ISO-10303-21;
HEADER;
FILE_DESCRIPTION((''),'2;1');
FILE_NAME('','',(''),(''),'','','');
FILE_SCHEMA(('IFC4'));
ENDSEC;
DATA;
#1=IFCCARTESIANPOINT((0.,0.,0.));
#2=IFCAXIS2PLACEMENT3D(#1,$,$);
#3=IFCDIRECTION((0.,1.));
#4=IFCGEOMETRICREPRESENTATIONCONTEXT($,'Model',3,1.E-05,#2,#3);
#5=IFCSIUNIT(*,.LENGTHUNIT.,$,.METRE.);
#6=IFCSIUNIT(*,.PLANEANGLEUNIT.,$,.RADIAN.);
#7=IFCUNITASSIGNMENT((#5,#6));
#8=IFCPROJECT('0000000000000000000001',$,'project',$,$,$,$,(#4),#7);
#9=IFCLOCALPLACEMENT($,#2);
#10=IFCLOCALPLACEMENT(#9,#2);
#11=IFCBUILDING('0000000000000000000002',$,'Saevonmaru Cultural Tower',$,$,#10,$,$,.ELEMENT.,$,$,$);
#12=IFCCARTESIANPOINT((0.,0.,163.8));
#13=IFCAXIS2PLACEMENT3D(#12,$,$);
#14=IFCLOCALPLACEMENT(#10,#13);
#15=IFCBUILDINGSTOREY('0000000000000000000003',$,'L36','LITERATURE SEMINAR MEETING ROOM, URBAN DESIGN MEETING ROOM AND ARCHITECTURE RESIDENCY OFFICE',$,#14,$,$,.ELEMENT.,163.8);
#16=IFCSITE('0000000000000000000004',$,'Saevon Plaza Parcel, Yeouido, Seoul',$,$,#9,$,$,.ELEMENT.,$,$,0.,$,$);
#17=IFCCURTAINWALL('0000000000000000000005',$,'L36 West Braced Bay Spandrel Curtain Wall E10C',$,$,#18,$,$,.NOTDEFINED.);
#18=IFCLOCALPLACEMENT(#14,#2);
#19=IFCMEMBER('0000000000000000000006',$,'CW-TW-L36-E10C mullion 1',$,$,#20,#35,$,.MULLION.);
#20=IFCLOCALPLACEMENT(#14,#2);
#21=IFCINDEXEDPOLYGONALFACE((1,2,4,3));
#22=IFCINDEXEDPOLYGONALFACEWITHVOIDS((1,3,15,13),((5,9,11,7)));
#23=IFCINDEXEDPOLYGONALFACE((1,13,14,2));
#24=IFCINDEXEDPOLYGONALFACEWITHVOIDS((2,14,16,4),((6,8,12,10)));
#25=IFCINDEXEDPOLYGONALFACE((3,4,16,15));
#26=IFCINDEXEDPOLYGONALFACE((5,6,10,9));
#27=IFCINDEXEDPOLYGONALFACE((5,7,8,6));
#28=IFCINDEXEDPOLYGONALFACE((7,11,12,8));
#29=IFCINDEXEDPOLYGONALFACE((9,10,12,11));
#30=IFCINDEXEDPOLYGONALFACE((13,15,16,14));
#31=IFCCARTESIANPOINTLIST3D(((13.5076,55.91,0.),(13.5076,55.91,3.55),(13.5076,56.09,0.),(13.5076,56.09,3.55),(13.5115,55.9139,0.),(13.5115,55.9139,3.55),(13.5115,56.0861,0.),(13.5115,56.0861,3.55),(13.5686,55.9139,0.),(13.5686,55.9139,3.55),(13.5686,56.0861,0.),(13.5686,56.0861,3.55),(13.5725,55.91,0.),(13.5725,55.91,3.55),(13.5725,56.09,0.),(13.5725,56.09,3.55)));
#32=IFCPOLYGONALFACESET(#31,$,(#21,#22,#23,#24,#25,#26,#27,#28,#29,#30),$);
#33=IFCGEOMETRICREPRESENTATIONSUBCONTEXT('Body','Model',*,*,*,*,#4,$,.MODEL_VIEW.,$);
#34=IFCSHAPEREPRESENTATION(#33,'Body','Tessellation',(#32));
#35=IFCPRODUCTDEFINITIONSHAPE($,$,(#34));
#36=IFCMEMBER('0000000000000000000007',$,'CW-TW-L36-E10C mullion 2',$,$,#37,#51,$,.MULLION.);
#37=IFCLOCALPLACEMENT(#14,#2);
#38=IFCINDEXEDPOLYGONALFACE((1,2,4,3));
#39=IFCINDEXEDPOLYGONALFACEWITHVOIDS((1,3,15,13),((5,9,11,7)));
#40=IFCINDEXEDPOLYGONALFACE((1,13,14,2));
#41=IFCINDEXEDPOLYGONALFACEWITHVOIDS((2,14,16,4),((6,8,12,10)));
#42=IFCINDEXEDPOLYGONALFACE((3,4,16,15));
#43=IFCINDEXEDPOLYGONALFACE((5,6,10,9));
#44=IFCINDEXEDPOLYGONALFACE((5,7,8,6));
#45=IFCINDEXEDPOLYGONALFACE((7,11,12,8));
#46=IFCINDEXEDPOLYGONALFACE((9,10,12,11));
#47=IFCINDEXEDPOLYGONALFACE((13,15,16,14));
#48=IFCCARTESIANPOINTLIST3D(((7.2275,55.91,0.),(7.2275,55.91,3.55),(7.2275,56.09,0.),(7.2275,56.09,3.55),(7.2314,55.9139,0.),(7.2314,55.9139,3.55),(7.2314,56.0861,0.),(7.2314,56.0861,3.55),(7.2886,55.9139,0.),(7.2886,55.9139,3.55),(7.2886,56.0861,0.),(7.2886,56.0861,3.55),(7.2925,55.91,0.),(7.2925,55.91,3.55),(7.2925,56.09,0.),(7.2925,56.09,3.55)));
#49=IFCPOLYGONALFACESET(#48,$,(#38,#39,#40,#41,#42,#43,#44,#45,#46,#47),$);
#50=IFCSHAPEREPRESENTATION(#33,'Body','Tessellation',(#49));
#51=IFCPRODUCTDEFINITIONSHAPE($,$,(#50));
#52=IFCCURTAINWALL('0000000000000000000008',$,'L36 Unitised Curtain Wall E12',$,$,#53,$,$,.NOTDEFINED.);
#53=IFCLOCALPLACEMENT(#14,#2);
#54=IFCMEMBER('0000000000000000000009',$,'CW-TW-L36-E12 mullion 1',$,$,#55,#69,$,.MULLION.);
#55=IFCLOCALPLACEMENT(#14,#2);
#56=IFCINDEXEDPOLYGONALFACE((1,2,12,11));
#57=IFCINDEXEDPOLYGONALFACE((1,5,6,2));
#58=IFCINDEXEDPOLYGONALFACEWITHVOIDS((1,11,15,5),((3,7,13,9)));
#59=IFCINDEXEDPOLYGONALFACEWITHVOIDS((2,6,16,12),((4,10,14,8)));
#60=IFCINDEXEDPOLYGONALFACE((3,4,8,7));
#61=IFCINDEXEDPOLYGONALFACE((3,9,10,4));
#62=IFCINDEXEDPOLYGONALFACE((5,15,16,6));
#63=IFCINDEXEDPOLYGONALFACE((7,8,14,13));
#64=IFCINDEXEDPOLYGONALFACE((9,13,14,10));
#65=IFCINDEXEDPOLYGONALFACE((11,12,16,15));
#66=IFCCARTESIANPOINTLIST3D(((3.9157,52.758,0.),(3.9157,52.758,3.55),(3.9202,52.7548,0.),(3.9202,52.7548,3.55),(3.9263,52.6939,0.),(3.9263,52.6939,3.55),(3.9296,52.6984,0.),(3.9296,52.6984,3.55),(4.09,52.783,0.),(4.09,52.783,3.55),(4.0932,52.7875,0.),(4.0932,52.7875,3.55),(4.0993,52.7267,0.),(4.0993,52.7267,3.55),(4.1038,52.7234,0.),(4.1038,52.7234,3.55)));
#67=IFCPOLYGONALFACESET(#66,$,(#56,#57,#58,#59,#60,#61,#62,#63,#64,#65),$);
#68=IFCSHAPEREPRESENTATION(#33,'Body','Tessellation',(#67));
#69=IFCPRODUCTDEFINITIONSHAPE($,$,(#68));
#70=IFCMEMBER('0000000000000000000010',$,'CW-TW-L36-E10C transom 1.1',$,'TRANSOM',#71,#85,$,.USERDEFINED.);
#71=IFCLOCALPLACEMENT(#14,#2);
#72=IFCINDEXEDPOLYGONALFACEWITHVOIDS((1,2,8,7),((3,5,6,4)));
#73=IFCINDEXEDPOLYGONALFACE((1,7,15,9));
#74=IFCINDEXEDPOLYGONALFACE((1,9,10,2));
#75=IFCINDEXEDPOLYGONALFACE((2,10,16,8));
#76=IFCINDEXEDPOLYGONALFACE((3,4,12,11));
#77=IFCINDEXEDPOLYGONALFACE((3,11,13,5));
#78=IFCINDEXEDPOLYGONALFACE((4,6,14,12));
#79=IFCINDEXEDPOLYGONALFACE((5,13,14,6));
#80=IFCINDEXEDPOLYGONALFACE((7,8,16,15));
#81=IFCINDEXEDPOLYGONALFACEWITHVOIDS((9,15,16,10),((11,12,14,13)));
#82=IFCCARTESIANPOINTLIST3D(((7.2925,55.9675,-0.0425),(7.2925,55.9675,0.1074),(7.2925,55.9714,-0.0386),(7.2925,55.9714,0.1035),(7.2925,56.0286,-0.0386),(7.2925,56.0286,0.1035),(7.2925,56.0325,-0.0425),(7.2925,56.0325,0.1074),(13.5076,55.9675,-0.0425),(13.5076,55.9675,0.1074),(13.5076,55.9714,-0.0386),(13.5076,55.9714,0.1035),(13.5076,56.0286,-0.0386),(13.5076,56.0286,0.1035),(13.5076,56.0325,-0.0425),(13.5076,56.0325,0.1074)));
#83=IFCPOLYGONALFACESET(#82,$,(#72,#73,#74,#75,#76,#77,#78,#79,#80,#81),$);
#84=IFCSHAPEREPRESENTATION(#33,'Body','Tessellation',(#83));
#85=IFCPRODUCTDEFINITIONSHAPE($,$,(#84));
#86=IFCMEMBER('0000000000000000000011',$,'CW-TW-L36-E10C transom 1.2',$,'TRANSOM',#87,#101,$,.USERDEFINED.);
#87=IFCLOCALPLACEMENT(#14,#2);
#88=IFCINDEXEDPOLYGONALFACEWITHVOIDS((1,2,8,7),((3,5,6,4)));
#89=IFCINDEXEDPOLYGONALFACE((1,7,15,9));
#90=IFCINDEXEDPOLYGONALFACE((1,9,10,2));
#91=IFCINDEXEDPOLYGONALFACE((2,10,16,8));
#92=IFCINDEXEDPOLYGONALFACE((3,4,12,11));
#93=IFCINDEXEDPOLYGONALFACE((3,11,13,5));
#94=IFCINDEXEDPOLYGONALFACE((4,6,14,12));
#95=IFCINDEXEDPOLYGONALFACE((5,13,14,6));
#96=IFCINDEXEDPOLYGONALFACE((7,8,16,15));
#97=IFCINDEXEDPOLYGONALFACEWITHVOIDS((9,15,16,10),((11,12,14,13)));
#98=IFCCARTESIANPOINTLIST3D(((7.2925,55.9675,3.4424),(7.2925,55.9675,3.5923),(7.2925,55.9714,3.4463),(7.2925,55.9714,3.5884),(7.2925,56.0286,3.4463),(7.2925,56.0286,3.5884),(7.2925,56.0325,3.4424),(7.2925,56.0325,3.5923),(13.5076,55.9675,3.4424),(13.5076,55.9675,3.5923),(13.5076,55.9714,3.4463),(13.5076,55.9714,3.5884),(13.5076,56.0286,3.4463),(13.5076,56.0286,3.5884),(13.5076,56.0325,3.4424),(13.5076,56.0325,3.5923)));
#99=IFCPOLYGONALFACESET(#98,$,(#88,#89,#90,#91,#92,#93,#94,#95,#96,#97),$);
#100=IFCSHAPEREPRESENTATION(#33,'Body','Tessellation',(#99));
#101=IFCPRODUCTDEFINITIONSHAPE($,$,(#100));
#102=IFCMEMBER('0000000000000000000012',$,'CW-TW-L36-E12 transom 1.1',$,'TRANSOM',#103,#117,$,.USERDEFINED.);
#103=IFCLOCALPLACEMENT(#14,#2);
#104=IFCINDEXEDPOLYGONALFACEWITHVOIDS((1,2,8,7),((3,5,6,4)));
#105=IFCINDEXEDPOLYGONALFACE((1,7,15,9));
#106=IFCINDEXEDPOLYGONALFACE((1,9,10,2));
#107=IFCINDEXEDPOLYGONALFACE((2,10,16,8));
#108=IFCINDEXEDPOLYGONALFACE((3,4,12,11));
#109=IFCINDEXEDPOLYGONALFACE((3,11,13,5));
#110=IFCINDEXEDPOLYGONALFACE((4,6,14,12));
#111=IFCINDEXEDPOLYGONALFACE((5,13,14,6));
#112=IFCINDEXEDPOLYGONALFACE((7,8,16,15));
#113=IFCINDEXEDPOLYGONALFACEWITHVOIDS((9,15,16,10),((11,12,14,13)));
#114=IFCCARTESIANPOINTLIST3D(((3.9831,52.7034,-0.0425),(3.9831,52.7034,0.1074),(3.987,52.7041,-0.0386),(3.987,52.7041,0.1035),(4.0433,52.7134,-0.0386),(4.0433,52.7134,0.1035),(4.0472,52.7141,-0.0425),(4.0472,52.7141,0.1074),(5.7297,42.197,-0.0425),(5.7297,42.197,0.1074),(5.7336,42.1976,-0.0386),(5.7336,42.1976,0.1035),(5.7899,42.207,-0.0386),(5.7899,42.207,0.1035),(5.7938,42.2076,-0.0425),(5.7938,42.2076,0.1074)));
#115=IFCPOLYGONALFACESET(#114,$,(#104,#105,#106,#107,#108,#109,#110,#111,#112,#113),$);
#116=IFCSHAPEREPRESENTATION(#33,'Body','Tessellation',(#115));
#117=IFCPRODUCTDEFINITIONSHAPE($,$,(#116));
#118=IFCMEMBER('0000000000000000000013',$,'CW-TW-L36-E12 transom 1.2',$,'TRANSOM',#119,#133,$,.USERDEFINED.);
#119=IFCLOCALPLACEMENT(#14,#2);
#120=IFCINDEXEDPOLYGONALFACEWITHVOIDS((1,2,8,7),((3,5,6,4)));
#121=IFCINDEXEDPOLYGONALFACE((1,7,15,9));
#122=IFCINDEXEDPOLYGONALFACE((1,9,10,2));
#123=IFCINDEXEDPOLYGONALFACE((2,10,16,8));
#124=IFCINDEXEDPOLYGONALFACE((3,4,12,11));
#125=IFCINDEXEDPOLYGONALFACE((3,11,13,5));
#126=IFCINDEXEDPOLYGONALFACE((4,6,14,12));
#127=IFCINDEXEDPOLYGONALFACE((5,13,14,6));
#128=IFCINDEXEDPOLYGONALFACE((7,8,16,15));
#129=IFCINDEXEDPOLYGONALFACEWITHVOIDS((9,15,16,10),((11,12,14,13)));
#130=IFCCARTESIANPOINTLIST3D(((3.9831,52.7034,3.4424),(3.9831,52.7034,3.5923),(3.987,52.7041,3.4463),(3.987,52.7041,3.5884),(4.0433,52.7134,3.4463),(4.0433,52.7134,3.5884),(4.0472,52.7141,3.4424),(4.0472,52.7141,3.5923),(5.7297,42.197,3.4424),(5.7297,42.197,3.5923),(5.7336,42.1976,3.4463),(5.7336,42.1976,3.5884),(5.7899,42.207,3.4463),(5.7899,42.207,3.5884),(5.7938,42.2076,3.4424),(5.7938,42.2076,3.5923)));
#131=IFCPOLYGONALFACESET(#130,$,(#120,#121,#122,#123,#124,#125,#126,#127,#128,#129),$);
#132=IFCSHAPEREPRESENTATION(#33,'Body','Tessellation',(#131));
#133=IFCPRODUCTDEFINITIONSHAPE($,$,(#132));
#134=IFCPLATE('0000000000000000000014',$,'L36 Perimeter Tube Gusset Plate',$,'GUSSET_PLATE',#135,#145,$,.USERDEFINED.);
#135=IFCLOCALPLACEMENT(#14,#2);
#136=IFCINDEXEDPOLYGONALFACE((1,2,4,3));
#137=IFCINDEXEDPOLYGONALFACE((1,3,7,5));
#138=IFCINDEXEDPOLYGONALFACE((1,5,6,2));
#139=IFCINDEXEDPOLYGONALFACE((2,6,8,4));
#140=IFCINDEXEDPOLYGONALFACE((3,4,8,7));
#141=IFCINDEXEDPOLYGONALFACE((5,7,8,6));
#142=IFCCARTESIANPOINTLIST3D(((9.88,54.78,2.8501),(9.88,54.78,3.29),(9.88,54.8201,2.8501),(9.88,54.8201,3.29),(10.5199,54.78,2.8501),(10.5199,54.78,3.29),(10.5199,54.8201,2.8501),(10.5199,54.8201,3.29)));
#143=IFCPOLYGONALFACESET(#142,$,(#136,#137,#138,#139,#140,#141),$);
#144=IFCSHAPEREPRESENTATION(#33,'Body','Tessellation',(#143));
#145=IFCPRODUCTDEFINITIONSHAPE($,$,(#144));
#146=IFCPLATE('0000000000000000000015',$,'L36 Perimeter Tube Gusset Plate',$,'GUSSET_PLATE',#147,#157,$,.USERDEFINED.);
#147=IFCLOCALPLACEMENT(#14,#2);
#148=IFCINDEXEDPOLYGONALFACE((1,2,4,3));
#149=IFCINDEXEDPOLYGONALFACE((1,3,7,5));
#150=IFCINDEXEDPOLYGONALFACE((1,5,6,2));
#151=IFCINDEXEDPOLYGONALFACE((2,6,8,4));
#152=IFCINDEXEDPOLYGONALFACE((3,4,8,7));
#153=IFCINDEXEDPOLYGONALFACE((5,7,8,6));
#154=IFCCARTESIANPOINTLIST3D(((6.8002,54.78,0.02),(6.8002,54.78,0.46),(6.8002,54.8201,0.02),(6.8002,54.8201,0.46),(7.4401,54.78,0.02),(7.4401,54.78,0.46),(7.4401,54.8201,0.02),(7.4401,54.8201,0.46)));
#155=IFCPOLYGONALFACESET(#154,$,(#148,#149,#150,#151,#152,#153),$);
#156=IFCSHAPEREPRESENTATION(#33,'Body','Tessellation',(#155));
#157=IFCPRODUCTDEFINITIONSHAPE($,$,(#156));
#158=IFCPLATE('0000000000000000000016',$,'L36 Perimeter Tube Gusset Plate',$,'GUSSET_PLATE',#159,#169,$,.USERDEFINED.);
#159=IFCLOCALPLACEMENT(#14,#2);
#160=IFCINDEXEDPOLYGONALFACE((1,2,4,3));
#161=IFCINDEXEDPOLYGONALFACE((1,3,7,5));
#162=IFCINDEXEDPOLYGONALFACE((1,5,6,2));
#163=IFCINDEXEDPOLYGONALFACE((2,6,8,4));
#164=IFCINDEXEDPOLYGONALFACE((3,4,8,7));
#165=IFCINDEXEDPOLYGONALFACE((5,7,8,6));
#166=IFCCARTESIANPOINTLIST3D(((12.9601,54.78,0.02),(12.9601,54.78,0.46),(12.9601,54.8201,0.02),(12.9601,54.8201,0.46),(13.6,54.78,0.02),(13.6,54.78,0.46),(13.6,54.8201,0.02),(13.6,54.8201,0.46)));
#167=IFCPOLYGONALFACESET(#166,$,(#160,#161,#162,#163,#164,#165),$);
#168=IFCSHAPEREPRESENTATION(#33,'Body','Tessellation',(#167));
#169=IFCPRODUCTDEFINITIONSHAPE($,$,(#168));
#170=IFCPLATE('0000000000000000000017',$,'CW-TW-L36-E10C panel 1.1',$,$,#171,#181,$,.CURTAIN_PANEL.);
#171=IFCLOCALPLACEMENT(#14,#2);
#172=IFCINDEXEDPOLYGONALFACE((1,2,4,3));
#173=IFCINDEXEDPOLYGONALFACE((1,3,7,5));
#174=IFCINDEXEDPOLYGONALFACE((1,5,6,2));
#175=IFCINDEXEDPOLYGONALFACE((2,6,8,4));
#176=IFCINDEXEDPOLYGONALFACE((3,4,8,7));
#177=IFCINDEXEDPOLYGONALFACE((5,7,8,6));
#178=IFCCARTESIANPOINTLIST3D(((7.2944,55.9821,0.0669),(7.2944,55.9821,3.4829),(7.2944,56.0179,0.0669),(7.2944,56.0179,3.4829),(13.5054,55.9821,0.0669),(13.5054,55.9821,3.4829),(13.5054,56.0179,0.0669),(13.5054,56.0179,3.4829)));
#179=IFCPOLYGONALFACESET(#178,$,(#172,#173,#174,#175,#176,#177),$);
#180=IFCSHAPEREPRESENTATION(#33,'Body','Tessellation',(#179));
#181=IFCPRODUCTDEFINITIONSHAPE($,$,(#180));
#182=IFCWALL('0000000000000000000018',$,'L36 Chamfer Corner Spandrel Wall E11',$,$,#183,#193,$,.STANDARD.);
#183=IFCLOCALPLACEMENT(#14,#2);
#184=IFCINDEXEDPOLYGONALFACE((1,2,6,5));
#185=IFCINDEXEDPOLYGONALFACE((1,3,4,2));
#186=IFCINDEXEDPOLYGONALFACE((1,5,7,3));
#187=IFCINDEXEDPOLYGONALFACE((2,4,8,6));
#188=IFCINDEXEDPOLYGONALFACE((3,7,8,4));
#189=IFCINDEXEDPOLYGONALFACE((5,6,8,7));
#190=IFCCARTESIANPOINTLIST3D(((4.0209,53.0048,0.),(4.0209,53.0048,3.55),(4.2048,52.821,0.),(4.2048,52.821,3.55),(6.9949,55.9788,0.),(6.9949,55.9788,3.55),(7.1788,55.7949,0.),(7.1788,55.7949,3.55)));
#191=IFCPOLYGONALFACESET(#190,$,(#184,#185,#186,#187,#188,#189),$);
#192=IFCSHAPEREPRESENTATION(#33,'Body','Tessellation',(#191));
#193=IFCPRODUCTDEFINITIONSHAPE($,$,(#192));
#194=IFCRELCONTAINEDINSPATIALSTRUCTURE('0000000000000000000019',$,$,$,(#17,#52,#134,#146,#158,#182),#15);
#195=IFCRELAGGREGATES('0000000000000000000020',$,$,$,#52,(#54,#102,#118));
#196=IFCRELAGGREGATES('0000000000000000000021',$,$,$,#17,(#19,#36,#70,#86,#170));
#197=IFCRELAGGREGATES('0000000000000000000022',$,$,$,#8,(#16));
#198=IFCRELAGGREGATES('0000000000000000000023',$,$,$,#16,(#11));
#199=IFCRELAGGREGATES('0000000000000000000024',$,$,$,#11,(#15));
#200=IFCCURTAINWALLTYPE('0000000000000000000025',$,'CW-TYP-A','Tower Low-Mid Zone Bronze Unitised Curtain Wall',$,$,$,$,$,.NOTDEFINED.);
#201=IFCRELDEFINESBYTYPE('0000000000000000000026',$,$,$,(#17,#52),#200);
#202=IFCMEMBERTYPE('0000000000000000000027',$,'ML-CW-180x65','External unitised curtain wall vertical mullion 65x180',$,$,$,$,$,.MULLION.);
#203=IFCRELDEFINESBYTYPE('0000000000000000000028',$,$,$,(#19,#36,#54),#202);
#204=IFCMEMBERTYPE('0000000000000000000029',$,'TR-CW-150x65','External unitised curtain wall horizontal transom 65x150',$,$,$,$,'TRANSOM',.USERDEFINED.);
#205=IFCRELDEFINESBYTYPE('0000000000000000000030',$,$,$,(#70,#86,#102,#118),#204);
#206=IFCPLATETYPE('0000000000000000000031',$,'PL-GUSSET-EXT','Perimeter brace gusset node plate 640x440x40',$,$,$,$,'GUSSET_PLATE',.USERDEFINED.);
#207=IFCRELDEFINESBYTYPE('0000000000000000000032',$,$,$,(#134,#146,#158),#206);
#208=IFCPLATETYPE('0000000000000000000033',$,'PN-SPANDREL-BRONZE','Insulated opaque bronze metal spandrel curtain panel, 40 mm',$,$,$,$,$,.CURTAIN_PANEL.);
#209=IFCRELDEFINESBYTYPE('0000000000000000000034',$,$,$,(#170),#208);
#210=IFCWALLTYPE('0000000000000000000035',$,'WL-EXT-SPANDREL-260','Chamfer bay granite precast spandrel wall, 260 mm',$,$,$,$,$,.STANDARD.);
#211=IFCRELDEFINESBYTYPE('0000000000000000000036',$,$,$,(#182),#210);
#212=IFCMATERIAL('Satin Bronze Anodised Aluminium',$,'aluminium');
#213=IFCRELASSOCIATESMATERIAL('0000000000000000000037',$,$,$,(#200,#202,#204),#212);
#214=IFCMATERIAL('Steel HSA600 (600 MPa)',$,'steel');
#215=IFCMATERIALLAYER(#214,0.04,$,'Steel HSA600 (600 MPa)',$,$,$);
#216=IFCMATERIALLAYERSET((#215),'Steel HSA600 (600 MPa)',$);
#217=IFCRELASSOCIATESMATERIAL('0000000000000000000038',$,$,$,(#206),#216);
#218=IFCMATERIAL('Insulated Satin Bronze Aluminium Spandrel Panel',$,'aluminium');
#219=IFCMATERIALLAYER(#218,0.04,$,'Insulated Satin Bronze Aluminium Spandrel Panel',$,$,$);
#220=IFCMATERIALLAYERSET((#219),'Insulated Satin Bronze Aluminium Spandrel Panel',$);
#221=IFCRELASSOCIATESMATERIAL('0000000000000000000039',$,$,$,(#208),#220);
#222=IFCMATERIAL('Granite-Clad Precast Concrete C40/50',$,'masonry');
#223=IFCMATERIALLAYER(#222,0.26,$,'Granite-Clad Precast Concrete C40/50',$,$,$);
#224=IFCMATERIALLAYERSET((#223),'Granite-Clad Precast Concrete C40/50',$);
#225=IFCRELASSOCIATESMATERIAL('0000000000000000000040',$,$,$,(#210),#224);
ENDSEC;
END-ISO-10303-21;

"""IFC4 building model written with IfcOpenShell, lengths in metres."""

from ifc_helpers import new_model, si_unit, direction, frame, frame_2d, origin, origin_2d, place, context, subcontext, project, spatial, rectangle, hollow_rectangle, extrude, material, layer, layer_set, material_profile, profile_set, type_object, element, aggregate, save


model = new_model("IFC4")

# Units and contexts
model_context = context("Model", 3, precision=1e-05, world=origin(), true_north=direction((0.0, 1.0)))
body_context = subcontext(model_context, "Body", "Model", "MODEL_VIEW")
ifc_project = project(units=[si_unit("LENGTHUNIT", "METRE"), si_unit("PLANEANGLEUNIT", "RADIAN")], contexts=[model_context])

# Site, building, storey
site_placement = place(None, origin())
site = spatial("IfcSite", under=ifc_project, at=site_placement, Name="Saevon Plaza Parcel, Yeouido, Seoul", CompositionType="ELEMENT", RefElevation=0.0)
building_placement = place(site_placement, origin())
building = spatial("IfcBuilding", under=site, at=building_placement, Name="Saevonmaru Cultural Tower", CompositionType="ELEMENT")
storey_placement = place(building_placement, frame((0.0, 0.0, 163.8)))
storey = spatial("IfcBuildingStorey", under=building, at=storey_placement, Name="L36", Description="LITERATURE SEMINAR MEETING ROOM, URBAN DESIGN MEETING ROOM AND ARCHITECTURE RESIDENCY OFFICE", CompositionType="ELEMENT", Elevation=163.8)

# Curtain wall, members
ifc_material_1 = material(Name="Satin Bronze Anodised Aluminium", Category="aluminium")
curtain_wall_type = type_object("IfcCurtainWallType", Name="CW-TYP-A", Description="Tower Low-Mid Zone Bronze Unitised Curtain Wall", PredefinedType="NOTDEFINED", material=ifc_material_1)
curtain_wall_1_placement = place(storey_placement, origin())
curtain_wall_1 = element("IfcCurtainWall", 1, at=curtain_wall_1_placement, inside=storey, type_object=curtain_wall_type, Name="L36 West Braced Bay Spandrel Curtain Wall E10C", PredefinedType="NOTDEFINED")
ifc_material_profile_1 = material_profile(ifc_material_1, hollow_rectangle(XDim=0.0649, YDim=0.1799, WallThickness=0.0039, at=origin_2d()), Name="ALU-MULL-180x65x4")
ifc_profile_set_1 = profile_set([ifc_material_profile_1], Name="Satin Bronze Anodised Aluminium")
member_type_1 = type_object("IfcMemberType", Name="ML-CW-180x65", Description="External unitised curtain wall vertical mullion 65x180", PredefinedType="MULLION", material=ifc_profile_set_1)
member_1_placement = place(storey_placement, frame((13.54, 56.0, 0.0), z_axis=(0.0, 0.0, 1.0), x_axis=(-1.0, 0.0, 0.0)))
member_1 = element("IfcMember", 2, at=member_1_placement, type_object=member_type_1, Name="CW-TW-L36-E10C mullion 1", PredefinedType="MULLION", context=body_context, shape_type="SweptSolid", body=[
    extrude(hollow_rectangle(XDim=0.0649, YDim=0.1799, WallThickness=0.0039, at=origin_2d()), origin(), (0.0, 0.0, 1.0), 3.55),
])
member_2_placement = place(storey_placement, frame((7.26, 56.0, 0.0), z_axis=(0.0, 0.0, 1.0), x_axis=(-1.0, 0.0, 0.0)))
member_2 = element("IfcMember", 3, at=member_2_placement, type_object=member_type_1, Name="CW-TW-L36-E10C mullion 2", PredefinedType="MULLION", context=body_context, shape_type="SweptSolid", body=[
    extrude(hollow_rectangle(XDim=0.0649, YDim=0.1799, WallThickness=0.0039, at=origin_2d()), origin(), (0.0, 0.0, 1.0), 3.55),
])

# Curtain wall, member
curtain_wall_2_placement = place(storey_placement, origin())
curtain_wall_2 = element("IfcCurtainWall", 4, at=curtain_wall_2_placement, inside=storey, type_object=curtain_wall_type, Name="L36 Unitised Curtain Wall E12", PredefinedType="NOTDEFINED")
member_3_placement = place(storey_placement, frame((4.0098, 52.7407, 0.0), z_axis=(0.0, 0.0, 1.0), x_axis=(0.163999, -0.986461, 0.0)))
member_3 = element("IfcMember", 5, at=member_3_placement, type_object=member_type_1, Name="CW-TW-L36-E12 mullion 1", PredefinedType="MULLION", context=body_context, shape_type="SweptSolid", body=[
    extrude(hollow_rectangle(XDim=0.0649, YDim=0.1799, WallThickness=0.0039, at=origin_2d()), origin(), (0.0, 0.0, 1.0), 3.55),
])

# Members
ifc_material_profile_2 = material_profile(ifc_material_1, hollow_rectangle(XDim=0.0649, YDim=0.1499, WallThickness=0.0039, at=origin_2d()), Name="ALU-TRAN-150x65x4")
ifc_profile_set_2 = profile_set([ifc_material_profile_2], Name="Satin Bronze Anodised Aluminium")
member_type_2 = type_object("IfcMemberType", Name="TR-CW-150x65", Description="External unitised curtain wall horizontal transom 65x150", ElementType="TRANSOM", PredefinedType="USERDEFINED", material=ifc_profile_set_2)
member_4_placement = place(storey_placement, frame((13.5076, 56.0, 0.0325), z_axis=(-1.0, 0.0, 0.0), x_axis=(0.0, -1.0, 0.0)))
member_4 = element("IfcMember", 6, at=member_4_placement, type_object=member_type_2, Name="CW-TW-L36-E10C transom 1.1", ObjectType="TRANSOM", PredefinedType="USERDEFINED", context=body_context, shape_type="SweptSolid", body=[
    extrude(hollow_rectangle(XDim=0.0649, YDim=0.1499, WallThickness=0.0039, at=origin_2d()), origin(), (0.0, 0.0, 1.0), 6.2151),
])
member_5_placement = place(storey_placement, frame((13.5076, 56.0, 3.5173), z_axis=(-1.0, 0.0, 0.0), x_axis=(0.0, -1.0, 0.0)))
member_5 = element("IfcMember", 7, at=member_5_placement, type_object=member_type_2, Name="CW-TW-L36-E10C transom 1.2", ObjectType="TRANSOM", PredefinedType="USERDEFINED", context=body_context, shape_type="SweptSolid", body=[
    extrude(hollow_rectangle(XDim=0.0649, YDim=0.1499, WallThickness=0.0039, at=origin_2d()), origin(), (0.0, 0.0, 1.0), 6.2151),
])
member_6_placement = place(storey_placement, frame((4.0151, 52.7087, 0.0325), z_axis=(0.16399, -0.986462, 0.0), x_axis=(0.986462, 0.16399, 0.0)))
member_6 = element("IfcMember", 8, at=member_6_placement, type_object=member_type_2, Name="CW-TW-L36-E12 transom 1.1", ObjectType="TRANSOM", PredefinedType="USERDEFINED", context=body_context, shape_type="SweptSolid", body=[
    extrude(hollow_rectangle(XDim=0.0649, YDim=0.1499, WallThickness=0.0039, at=origin_2d()), origin(), (0.0, 0.0, 1.0), 10.6506),
])
member_7_placement = place(storey_placement, frame((4.0151, 52.7087, 3.5173), z_axis=(0.16399, -0.986462, 0.0), x_axis=(0.986462, 0.16399, 0.0)))
member_7 = element("IfcMember", 9, at=member_7_placement, type_object=member_type_2, Name="CW-TW-L36-E12 transom 1.2", ObjectType="TRANSOM", PredefinedType="USERDEFINED", context=body_context, shape_type="SweptSolid", body=[
    extrude(hollow_rectangle(XDim=0.0649, YDim=0.1499, WallThickness=0.0039, at=origin_2d()), origin(), (0.0, 0.0, 1.0), 10.6506),
])
aggregate(curtain_wall_2, [member_3, member_6, member_7])

# Plates
ifc_material_2 = material(Name="Steel HSA600 (600 MPa)", Category="steel")
ifc_layer_1 = layer(ifc_material_2, 0.04, Name="Steel HSA600 (600 MPa)")
ifc_layer_set_1 = layer_set([ifc_layer_1], Name="Steel HSA600 (600 MPa)")
plate_type_1 = type_object("IfcPlateType", Name="PL-GUSSET-EXT", Description="Perimeter brace gusset node plate 640x440x40", ElementType="GUSSET_PLATE", PredefinedType="USERDEFINED", material=ifc_layer_set_1)
for number, where, z_axis, x_axis, name in (
    (10, (10.2, 54.8, 2.8501), (0.0, 0.0, 1.0), (1.0, 0.0, 0.0), "L36 Perimeter Tube Gusset Plate"),
    (11, (7.1201, 54.8, 0.02), (0.0, 0.0, 1.0), (1.0, 0.0, 0.0), "L36 Perimeter Tube Gusset Plate"),
    (12, (13.28, 54.8, 0.02), (0.0, 0.0, 1.0), (1.0, 0.0, 0.0), "L36 Perimeter Tube Gusset Plate"),
):
    element("IfcPlate", number, at=place(storey_placement, frame(where, z_axis=z_axis, x_axis=x_axis)), inside=storey, type_object=plate_type_1, Name=name, ObjectType="GUSSET_PLATE", PredefinedType="USERDEFINED", context=body_context, shape_type="SweptSolid", body=[
        extrude(rectangle(XDim=0.6399, YDim=0.04, at=origin_2d()), origin(), (0.0, 0.0, 1.0), 0.4399),
    ])

# Plate
ifc_material_3 = material(Name="Insulated Satin Bronze Aluminium Spandrel Panel", Category="aluminium")
ifc_layer_2 = layer(ifc_material_3, 0.04, Name="Insulated Satin Bronze Aluminium Spandrel Panel")
ifc_layer_set_2 = layer_set([ifc_layer_2], Name="Insulated Satin Bronze Aluminium Spandrel Panel")
plate_type_2 = type_object("IfcPlateType", Name="PN-SPANDREL-BRONZE", Description="Insulated opaque bronze metal spandrel curtain panel, 40 mm", PredefinedType="CURTAIN_PANEL", material=ifc_layer_set_2)
plate_placement = place(storey_placement, frame((10.3999, 56.0, 0.0669), z_axis=(0.0, 0.0, 1.0), x_axis=(-1.0, 0.0, 0.0)))
plate = element("IfcPlate", 13, at=plate_placement, type_object=plate_type_2, Name="CW-TW-L36-E10C panel 1.1", PredefinedType="CURTAIN_PANEL", context=body_context, shape_type="SweptSolid", body=[
    extrude(rectangle(XDim=6.2109, YDim=0.0359, at=origin_2d()), origin(), (0.0, 0.0, 1.0), 3.416),
])
aggregate(curtain_wall_1, [member_1, member_2, member_4, member_5, plate])

# Wall
ifc_material_4 = material(Name="Granite-Clad Precast Concrete C40/50", Category="masonry")
ifc_layer_3 = layer(ifc_material_4, 0.26, Name="Granite-Clad Precast Concrete C40/50")
ifc_layer_set_3 = layer_set([ifc_layer_3], Name="Granite-Clad Precast Concrete C40/50")
wall_type_1 = type_object("IfcWallType", Name="WL-EXT-SPANDREL-260", Description="Chamfer bay granite precast spandrel wall, 260 mm", PredefinedType="STANDARD", material=ifc_layer_set_3)
wall_1_placement = place(storey_placement, frame((7.0869, 55.887, 0.0), z_axis=(0.0, 0.0, 1.0), x_axis=(-0.707107, -0.707107, 0.0)))
element("IfcWall", 14, at=wall_1_placement, inside=storey, type_object=wall_type_1, Name="L36 Chamfer Corner Spandrel Wall E11", PredefinedType="STANDARD", context=body_context, shape_type="SweptSolid", body=[
    extrude(rectangle(XDim=4.2058, YDim=0.26, at=frame_2d((2.103, 0.0))), origin(), (0.0, 0.0, 1.0), 3.55),
])

save(model, "model.ifc")
